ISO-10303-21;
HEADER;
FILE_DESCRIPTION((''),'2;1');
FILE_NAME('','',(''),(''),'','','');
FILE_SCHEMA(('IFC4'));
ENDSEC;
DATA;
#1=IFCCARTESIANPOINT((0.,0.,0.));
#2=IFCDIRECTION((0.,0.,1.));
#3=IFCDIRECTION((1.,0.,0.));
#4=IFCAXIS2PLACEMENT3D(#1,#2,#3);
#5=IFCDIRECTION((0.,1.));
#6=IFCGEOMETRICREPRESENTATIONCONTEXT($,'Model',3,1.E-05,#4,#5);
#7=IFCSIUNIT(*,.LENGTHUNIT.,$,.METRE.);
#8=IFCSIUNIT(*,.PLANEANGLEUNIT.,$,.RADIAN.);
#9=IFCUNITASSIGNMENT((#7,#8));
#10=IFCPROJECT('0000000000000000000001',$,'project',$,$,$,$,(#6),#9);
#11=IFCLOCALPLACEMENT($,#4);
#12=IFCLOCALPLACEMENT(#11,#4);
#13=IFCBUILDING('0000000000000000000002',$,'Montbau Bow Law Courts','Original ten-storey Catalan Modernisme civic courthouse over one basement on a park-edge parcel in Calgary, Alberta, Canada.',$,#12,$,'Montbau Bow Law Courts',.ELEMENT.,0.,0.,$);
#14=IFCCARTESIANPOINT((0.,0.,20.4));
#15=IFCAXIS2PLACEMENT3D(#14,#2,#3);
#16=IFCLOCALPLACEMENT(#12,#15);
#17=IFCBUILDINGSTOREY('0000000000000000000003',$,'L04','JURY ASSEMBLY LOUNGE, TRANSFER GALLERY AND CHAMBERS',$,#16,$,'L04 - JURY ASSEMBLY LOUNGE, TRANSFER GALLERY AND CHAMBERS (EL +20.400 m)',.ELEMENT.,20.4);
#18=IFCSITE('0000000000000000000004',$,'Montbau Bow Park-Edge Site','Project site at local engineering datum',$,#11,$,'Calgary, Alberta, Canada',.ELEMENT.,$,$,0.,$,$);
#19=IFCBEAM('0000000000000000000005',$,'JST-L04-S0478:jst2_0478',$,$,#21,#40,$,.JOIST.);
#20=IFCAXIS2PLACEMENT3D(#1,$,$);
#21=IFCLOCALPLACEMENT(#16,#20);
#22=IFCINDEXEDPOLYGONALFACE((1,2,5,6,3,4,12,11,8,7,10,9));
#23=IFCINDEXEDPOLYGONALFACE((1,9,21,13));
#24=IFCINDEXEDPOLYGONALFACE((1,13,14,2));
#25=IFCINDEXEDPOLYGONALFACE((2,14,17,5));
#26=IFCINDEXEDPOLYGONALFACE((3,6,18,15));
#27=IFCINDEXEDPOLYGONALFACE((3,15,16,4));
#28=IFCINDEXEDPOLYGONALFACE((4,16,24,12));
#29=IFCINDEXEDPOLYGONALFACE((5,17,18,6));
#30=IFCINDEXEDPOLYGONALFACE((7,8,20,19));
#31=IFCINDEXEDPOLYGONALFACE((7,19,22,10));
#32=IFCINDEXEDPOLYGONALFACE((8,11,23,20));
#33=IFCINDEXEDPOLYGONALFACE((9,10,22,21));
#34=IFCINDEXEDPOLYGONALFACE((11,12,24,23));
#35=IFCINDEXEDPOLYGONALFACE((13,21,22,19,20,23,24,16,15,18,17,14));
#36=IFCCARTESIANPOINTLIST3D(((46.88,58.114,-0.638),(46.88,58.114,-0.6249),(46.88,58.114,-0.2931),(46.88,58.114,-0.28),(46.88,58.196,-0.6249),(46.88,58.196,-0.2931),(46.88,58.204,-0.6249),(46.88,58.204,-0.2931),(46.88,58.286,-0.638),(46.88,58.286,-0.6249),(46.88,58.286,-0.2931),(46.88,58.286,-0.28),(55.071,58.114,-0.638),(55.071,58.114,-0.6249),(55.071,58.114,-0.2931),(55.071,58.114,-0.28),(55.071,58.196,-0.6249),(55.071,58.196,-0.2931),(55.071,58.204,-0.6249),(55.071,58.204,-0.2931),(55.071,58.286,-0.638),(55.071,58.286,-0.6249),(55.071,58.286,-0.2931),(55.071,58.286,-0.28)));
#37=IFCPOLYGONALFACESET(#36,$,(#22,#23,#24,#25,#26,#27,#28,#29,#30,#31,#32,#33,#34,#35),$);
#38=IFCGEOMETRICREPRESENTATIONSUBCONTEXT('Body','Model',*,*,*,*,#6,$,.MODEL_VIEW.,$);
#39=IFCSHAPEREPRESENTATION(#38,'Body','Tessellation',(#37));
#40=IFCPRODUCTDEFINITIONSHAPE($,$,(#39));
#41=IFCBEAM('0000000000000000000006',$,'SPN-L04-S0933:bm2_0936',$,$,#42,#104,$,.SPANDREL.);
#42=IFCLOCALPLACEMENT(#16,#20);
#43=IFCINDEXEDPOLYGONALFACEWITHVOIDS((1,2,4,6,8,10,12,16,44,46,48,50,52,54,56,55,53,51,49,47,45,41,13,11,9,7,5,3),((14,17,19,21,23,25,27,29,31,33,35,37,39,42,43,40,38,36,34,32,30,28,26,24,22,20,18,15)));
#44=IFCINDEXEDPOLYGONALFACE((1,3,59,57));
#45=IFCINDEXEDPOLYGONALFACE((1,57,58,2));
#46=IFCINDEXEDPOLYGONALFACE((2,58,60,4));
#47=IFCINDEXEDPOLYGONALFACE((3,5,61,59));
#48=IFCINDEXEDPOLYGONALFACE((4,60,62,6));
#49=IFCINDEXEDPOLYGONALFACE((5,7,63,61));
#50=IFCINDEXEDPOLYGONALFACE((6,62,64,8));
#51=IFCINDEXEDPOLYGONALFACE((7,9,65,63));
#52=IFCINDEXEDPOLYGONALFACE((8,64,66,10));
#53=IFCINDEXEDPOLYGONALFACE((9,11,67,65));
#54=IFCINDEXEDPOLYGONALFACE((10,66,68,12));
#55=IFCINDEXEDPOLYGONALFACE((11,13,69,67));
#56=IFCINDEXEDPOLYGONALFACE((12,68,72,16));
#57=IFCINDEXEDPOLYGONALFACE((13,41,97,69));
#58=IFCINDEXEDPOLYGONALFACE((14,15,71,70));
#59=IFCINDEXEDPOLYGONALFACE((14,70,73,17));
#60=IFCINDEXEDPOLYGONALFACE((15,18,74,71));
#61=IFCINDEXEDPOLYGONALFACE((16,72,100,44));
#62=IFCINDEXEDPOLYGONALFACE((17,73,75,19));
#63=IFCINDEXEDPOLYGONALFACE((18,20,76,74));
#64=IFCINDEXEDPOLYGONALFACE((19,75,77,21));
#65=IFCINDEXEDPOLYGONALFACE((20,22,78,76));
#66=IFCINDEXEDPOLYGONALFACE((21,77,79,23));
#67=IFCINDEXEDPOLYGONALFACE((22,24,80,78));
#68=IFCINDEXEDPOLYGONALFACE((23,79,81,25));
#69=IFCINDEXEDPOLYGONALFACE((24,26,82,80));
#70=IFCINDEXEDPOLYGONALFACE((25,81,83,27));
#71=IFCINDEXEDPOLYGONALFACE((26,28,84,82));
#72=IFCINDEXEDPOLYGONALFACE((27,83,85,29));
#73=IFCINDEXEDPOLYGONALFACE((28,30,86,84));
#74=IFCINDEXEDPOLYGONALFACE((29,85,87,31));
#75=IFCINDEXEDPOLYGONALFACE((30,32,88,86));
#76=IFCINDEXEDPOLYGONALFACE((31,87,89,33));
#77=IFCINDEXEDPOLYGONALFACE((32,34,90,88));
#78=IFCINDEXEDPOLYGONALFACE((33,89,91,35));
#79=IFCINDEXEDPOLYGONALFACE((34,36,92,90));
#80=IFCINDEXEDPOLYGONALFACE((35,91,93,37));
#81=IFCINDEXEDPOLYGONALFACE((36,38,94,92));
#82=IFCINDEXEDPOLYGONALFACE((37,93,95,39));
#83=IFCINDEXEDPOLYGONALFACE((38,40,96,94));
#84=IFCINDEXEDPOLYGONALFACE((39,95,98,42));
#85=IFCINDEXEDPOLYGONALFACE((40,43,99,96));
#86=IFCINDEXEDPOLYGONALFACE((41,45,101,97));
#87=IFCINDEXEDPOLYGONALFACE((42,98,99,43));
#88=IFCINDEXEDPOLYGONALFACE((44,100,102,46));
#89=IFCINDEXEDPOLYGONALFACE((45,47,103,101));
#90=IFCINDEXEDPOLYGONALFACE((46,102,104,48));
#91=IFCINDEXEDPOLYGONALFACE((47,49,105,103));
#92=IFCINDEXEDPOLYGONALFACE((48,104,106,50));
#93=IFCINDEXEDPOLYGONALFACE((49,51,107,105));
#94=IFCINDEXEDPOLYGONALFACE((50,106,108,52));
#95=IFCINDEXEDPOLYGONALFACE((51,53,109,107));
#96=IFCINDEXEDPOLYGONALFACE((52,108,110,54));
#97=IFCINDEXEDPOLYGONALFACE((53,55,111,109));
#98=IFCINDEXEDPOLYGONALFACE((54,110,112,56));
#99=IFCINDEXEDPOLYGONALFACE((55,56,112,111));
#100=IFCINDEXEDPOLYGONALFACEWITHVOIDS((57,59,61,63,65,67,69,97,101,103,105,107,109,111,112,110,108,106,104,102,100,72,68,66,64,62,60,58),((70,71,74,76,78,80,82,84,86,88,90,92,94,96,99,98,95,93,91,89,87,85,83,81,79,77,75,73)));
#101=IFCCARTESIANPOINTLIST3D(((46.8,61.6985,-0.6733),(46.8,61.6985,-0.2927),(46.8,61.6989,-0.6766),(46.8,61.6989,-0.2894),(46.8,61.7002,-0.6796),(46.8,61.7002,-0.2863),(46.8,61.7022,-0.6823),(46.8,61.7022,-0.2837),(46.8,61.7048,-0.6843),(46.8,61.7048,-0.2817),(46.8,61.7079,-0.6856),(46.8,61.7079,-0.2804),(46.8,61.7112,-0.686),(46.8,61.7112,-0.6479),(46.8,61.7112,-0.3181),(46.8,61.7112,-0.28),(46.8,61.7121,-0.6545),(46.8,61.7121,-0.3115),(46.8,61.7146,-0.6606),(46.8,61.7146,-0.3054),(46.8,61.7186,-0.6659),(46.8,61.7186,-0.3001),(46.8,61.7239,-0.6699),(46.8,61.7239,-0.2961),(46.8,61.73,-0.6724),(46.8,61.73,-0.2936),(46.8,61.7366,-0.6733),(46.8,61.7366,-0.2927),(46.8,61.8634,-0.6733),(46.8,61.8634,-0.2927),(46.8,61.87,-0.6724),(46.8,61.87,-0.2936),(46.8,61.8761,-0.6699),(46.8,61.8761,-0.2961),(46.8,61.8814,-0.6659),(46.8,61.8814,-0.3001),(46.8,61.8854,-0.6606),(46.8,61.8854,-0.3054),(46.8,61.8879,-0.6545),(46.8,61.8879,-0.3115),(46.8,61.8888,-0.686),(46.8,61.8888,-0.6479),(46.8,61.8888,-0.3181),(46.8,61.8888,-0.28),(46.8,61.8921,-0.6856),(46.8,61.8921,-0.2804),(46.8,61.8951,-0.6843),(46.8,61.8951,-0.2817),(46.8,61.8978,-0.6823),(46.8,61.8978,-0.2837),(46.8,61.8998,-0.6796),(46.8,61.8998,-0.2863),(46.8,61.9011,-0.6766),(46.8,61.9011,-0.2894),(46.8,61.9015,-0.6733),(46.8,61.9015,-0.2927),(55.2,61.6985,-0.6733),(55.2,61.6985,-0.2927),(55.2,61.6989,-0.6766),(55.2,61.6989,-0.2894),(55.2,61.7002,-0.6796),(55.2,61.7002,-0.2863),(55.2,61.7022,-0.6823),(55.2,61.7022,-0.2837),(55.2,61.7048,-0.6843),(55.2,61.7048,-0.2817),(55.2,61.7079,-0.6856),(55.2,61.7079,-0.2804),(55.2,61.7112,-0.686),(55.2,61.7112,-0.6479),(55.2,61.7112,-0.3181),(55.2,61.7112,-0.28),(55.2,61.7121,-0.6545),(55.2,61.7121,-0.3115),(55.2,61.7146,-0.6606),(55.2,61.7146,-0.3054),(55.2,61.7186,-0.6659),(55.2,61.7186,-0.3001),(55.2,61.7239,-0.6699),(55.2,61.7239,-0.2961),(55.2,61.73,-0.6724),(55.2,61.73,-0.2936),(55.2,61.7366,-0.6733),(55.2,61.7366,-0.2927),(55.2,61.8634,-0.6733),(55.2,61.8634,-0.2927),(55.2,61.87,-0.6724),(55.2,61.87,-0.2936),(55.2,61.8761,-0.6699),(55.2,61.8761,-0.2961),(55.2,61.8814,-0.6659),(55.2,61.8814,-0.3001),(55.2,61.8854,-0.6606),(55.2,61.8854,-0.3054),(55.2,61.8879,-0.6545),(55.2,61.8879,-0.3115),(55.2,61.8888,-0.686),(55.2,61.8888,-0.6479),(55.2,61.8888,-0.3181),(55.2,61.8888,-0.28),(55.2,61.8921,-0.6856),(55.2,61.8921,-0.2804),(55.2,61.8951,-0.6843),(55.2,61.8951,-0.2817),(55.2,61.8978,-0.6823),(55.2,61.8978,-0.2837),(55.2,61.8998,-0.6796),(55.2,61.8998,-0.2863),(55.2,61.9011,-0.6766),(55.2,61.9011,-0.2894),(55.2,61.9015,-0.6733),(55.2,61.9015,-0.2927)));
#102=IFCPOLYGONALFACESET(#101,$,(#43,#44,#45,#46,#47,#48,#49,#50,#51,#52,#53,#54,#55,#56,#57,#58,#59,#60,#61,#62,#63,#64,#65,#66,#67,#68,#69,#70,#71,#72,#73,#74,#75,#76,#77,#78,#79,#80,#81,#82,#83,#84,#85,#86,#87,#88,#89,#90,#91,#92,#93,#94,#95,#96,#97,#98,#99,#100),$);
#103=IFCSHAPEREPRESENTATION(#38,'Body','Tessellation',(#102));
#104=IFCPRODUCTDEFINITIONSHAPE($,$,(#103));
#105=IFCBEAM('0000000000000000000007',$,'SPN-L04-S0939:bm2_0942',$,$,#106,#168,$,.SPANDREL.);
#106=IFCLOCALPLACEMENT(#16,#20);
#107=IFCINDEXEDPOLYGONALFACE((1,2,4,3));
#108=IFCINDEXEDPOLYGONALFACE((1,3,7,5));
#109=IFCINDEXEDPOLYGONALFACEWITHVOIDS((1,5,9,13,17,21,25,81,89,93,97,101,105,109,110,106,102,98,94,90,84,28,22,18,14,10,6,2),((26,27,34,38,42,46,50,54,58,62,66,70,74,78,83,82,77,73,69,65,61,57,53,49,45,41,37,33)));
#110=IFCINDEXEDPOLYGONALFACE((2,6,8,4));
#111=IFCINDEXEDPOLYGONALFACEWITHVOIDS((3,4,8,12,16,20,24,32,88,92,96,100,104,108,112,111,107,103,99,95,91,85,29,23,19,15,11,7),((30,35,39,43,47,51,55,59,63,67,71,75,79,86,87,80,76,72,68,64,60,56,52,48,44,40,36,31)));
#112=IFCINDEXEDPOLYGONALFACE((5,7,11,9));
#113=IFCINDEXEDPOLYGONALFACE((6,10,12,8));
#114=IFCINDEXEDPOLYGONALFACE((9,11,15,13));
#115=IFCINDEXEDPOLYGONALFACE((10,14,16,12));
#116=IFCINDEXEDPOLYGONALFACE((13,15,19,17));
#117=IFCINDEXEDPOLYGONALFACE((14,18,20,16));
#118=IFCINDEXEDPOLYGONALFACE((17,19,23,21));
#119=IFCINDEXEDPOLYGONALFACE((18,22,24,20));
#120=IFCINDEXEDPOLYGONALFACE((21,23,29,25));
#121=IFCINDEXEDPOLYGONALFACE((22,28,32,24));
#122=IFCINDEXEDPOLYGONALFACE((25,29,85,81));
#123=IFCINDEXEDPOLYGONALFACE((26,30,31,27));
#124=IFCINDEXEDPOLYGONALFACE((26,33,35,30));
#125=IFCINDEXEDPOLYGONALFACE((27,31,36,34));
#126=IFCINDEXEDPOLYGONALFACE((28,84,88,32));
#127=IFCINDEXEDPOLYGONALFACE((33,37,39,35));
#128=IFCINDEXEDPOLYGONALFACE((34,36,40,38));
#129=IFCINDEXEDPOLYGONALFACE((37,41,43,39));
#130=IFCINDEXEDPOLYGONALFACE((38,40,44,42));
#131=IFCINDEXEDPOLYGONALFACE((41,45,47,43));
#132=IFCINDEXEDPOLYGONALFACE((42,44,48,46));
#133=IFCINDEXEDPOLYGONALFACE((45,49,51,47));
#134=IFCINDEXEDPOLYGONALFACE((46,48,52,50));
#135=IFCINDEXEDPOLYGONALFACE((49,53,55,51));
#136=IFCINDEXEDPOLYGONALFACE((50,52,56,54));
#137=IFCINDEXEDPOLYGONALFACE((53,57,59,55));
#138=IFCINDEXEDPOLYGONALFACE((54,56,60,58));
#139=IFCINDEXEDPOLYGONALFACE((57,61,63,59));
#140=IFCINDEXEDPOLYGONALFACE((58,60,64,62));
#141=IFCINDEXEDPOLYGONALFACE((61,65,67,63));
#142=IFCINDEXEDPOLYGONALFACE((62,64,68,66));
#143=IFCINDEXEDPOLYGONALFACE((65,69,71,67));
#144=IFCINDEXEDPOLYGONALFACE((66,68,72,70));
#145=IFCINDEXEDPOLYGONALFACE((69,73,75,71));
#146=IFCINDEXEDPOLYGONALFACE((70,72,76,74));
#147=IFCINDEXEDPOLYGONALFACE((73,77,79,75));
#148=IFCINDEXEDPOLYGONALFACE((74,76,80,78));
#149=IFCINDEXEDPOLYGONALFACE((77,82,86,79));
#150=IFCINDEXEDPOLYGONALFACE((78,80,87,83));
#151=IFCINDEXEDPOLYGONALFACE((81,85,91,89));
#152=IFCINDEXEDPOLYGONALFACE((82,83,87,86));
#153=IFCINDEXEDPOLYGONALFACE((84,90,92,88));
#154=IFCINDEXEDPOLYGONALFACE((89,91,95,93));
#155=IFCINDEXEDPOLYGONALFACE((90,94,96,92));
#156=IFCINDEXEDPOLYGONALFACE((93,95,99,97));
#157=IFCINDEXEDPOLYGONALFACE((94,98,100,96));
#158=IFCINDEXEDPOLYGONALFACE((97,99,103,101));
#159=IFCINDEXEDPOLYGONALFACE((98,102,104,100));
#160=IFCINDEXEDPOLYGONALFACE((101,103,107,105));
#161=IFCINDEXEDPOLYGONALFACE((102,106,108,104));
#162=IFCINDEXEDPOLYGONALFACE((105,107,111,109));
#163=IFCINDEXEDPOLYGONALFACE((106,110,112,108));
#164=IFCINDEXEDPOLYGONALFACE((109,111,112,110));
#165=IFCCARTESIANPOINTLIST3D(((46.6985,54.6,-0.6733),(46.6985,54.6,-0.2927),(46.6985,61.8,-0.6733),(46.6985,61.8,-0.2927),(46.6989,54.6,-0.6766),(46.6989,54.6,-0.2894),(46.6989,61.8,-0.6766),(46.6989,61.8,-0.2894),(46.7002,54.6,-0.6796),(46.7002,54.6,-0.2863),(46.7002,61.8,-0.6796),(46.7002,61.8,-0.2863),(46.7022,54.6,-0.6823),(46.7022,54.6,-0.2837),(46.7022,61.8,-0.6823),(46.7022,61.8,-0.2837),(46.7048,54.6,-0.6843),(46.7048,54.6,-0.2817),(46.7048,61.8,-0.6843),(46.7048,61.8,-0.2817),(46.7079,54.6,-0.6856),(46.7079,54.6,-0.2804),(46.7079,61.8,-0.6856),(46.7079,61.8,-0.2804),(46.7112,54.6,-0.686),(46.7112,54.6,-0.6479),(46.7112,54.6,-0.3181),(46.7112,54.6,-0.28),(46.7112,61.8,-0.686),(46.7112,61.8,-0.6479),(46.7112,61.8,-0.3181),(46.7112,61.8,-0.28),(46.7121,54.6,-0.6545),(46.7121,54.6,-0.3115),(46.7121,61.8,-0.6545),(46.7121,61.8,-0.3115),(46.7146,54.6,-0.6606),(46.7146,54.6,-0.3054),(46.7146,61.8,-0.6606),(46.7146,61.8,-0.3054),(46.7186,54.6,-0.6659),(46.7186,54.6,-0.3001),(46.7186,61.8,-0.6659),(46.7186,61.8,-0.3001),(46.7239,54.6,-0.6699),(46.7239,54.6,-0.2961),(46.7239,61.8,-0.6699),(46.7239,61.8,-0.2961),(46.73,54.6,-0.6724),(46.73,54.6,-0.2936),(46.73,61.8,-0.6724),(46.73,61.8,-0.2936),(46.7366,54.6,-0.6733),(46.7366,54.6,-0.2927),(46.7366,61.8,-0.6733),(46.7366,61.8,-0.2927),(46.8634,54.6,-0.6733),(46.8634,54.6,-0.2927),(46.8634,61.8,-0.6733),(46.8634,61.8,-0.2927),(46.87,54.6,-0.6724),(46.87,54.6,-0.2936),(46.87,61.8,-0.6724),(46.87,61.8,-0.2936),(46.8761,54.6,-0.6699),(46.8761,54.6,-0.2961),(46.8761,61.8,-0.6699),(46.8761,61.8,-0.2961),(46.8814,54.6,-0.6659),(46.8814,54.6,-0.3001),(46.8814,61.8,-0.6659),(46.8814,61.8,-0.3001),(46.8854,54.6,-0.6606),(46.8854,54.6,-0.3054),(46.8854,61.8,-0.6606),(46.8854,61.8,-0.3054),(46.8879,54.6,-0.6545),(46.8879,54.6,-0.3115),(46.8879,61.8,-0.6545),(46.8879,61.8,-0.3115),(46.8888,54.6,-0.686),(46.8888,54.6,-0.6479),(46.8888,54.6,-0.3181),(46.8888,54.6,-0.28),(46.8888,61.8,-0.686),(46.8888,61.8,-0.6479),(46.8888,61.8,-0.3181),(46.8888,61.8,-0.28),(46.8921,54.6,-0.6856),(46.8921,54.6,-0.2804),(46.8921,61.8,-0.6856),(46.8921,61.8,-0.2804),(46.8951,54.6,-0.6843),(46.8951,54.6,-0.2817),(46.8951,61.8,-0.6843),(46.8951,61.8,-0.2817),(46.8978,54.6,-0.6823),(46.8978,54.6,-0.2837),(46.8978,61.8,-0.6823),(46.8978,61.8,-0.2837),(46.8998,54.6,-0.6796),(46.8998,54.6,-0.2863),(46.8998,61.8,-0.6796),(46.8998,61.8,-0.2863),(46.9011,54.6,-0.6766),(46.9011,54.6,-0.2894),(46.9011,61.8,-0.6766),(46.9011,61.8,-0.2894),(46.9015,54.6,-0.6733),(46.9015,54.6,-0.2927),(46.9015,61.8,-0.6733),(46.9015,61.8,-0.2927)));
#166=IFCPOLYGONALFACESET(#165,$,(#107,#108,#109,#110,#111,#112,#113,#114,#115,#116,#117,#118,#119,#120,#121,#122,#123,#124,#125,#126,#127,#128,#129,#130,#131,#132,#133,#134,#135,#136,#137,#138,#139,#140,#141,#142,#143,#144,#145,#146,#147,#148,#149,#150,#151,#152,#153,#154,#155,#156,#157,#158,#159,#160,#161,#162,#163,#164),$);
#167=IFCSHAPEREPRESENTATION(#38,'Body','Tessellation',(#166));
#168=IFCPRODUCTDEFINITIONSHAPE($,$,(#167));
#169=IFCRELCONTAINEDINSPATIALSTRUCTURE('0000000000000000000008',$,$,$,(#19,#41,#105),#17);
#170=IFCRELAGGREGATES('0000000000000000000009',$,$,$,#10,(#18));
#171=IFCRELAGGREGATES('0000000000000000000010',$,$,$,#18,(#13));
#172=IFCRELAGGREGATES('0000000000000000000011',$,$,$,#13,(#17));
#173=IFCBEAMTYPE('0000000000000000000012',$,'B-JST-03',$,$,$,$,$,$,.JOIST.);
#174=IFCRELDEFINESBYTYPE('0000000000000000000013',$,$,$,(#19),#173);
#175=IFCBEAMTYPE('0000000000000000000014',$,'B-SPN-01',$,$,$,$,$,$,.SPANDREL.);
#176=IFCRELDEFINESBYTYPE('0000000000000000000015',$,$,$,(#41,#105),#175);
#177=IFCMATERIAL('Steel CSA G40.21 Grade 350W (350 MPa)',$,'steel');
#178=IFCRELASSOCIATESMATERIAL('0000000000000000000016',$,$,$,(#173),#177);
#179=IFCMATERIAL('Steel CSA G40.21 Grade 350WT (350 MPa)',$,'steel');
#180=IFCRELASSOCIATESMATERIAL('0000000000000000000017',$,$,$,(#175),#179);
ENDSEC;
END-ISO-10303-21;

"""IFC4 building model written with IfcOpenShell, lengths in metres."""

from ifc_helpers import new_model, si_unit, direction, frame, origin_with_axes, origin_2d_with_axis, place, context, subcontext, project, spatial, hollow_rectangle, i_section, extrude, material, material_profile, profile_set, type_object, element, save


model = new_model("IFC4")

# Units and contexts
model_context = context("Model", 3, precision=1e-05, world=origin_with_axes(), true_north=direction((0.0, 1.0)))
body_context = subcontext(model_context, "Body", "Model", "MODEL_VIEW")
ifc_project = project(units=[si_unit("LENGTHUNIT", "METRE"), si_unit("PLANEANGLEUNIT", "RADIAN")], contexts=[model_context])

# Site, building, storey
site_placement = place(None, origin_with_axes())
site = spatial("IfcSite", under=ifc_project, at=site_placement, Name="Montbau Bow Park-Edge Site", Description="Project site at local engineering datum", LongName="Calgary, Alberta, Canada", CompositionType="ELEMENT", RefElevation=0.0)
building_placement = place(site_placement, origin_with_axes())
building = spatial("IfcBuilding", under=site, at=building_placement, Name="Montbau Bow Law Courts", Description="Original ten-storey Catalan Modernisme civic courthouse over one basement on a park-edge parcel in Calgary, Alberta, Canada.", LongName="Montbau Bow Law Courts", CompositionType="ELEMENT", ElevationOfRefHeight=0.0, ElevationOfTerrain=0.0)
storey_placement = place(building_placement, frame((0.0, 0.0, 20.4), z_axis=(0.0, 0.0, 1.0), x_axis=(1.0, 0.0, 0.0)))
storey = spatial("IfcBuildingStorey", under=building, at=storey_placement, Name="L04", Description="JURY ASSEMBLY LOUNGE, TRANSFER GALLERY AND CHAMBERS", LongName="L04 - JURY ASSEMBLY LOUNGE, TRANSFER GALLERY AND CHAMBERS (EL +20.400 m)", CompositionType="ELEMENT", Elevation=20.4)

# Shared definitions
ifc_material_1 = material(Name="Steel CSA G40.21 Grade 350WT (350 MPa)", Category="steel")

# Beams
ifc_material_2 = material(Name="Steel CSA G40.21 Grade 350W (350 MPa)", Category="steel")
ifc_material_profile_1 = material_profile(ifc_material_2, i_section(OverallWidth=0.172, OverallDepth=0.358, WebThickness=0.0079, FlangeThickness=0.0131, at=origin_2d_with_axis()), Name="W360X57", Category="Main", Priority=0)
ifc_profile_set_1 = profile_set([ifc_material_profile_1], Name="Steel CSA G40.21 Grade 350W (350 MPa)")
beam_type_1 = type_object("IfcBeamType", Name="B-JST-03", PredefinedType="JOIST", material=ifc_profile_set_1)
beam_1_placement = place(None, frame((46.88, 58.2, 19.941), z_axis=(1.0, 0.0, 0.0), x_axis=(0.0, 1.0, 0.0)))
element("IfcBeam", 1, at=beam_1_placement, inside=storey, type_object=beam_type_1, Name="JST-L04-S0478:jst2_0478", PredefinedType="JOIST", context=body_context, shape_type="SweptSolid", body=[
    extrude(i_section(OverallWidth=0.172, OverallDepth=0.358, WebThickness=0.0079, FlangeThickness=0.0131, at=origin_2d_with_axis()), origin_with_axes(), (0.0, 0.0, 1.0), 8.191),
])
ifc_material_profile_2 = material_profile(ifc_material_1, hollow_rectangle(XDim=0.203, YDim=0.406, WallThickness=0.0127, InnerFilletRadius=0.0254, OuterFilletRadius=0.0127, at=origin_2d_with_axis()), Name="HSS406X203X13", Category="Main", Priority=0)
ifc_profile_set_2 = profile_set([ifc_material_profile_2], Name="Steel CSA G40.21 Grade 350WT (350 MPa)")
beam_type_2 = type_object("IfcBeamType", Name="B-SPN-01", PredefinedType="SPANDREL", material=ifc_profile_set_2)
beam_2_placement = place(None, frame((46.8, 61.8, 19.917), z_axis=(1.0, 0.0, 0.0), x_axis=(0.0, 1.0, 0.0)))
element("IfcBeam", 2, at=beam_2_placement, inside=storey, type_object=beam_type_2, Name="SPN-L04-S0933:bm2_0936", PredefinedType="SPANDREL", context=body_context, shape_type="SweptSolid", body=[
    extrude(hollow_rectangle(XDim=0.203, YDim=0.406, WallThickness=0.0127, InnerFilletRadius=0.0254, OuterFilletRadius=0.0127, at=origin_2d_with_axis()), origin_with_axes(), (0.0, 0.0, 1.0), 8.4),
])
beam_3_placement = place(None, frame((46.8, 54.6, 19.917), z_axis=(0.0, 1.0, 0.0), x_axis=(-1.0, 0.0, 0.0)))
element("IfcBeam", 3, at=beam_3_placement, inside=storey, type_object=beam_type_2, Name="SPN-L04-S0939:bm2_0942", PredefinedType="SPANDREL", context=body_context, shape_type="SweptSolid", body=[
    extrude(hollow_rectangle(XDim=0.203, YDim=0.406, WallThickness=0.0127, InnerFilletRadius=0.0254, OuterFilletRadius=0.0127, at=origin_2d_with_axis()), origin_with_axes(), (0.0, 0.0, 1.0), 7.2),
])

save(model, "model.ifc")
